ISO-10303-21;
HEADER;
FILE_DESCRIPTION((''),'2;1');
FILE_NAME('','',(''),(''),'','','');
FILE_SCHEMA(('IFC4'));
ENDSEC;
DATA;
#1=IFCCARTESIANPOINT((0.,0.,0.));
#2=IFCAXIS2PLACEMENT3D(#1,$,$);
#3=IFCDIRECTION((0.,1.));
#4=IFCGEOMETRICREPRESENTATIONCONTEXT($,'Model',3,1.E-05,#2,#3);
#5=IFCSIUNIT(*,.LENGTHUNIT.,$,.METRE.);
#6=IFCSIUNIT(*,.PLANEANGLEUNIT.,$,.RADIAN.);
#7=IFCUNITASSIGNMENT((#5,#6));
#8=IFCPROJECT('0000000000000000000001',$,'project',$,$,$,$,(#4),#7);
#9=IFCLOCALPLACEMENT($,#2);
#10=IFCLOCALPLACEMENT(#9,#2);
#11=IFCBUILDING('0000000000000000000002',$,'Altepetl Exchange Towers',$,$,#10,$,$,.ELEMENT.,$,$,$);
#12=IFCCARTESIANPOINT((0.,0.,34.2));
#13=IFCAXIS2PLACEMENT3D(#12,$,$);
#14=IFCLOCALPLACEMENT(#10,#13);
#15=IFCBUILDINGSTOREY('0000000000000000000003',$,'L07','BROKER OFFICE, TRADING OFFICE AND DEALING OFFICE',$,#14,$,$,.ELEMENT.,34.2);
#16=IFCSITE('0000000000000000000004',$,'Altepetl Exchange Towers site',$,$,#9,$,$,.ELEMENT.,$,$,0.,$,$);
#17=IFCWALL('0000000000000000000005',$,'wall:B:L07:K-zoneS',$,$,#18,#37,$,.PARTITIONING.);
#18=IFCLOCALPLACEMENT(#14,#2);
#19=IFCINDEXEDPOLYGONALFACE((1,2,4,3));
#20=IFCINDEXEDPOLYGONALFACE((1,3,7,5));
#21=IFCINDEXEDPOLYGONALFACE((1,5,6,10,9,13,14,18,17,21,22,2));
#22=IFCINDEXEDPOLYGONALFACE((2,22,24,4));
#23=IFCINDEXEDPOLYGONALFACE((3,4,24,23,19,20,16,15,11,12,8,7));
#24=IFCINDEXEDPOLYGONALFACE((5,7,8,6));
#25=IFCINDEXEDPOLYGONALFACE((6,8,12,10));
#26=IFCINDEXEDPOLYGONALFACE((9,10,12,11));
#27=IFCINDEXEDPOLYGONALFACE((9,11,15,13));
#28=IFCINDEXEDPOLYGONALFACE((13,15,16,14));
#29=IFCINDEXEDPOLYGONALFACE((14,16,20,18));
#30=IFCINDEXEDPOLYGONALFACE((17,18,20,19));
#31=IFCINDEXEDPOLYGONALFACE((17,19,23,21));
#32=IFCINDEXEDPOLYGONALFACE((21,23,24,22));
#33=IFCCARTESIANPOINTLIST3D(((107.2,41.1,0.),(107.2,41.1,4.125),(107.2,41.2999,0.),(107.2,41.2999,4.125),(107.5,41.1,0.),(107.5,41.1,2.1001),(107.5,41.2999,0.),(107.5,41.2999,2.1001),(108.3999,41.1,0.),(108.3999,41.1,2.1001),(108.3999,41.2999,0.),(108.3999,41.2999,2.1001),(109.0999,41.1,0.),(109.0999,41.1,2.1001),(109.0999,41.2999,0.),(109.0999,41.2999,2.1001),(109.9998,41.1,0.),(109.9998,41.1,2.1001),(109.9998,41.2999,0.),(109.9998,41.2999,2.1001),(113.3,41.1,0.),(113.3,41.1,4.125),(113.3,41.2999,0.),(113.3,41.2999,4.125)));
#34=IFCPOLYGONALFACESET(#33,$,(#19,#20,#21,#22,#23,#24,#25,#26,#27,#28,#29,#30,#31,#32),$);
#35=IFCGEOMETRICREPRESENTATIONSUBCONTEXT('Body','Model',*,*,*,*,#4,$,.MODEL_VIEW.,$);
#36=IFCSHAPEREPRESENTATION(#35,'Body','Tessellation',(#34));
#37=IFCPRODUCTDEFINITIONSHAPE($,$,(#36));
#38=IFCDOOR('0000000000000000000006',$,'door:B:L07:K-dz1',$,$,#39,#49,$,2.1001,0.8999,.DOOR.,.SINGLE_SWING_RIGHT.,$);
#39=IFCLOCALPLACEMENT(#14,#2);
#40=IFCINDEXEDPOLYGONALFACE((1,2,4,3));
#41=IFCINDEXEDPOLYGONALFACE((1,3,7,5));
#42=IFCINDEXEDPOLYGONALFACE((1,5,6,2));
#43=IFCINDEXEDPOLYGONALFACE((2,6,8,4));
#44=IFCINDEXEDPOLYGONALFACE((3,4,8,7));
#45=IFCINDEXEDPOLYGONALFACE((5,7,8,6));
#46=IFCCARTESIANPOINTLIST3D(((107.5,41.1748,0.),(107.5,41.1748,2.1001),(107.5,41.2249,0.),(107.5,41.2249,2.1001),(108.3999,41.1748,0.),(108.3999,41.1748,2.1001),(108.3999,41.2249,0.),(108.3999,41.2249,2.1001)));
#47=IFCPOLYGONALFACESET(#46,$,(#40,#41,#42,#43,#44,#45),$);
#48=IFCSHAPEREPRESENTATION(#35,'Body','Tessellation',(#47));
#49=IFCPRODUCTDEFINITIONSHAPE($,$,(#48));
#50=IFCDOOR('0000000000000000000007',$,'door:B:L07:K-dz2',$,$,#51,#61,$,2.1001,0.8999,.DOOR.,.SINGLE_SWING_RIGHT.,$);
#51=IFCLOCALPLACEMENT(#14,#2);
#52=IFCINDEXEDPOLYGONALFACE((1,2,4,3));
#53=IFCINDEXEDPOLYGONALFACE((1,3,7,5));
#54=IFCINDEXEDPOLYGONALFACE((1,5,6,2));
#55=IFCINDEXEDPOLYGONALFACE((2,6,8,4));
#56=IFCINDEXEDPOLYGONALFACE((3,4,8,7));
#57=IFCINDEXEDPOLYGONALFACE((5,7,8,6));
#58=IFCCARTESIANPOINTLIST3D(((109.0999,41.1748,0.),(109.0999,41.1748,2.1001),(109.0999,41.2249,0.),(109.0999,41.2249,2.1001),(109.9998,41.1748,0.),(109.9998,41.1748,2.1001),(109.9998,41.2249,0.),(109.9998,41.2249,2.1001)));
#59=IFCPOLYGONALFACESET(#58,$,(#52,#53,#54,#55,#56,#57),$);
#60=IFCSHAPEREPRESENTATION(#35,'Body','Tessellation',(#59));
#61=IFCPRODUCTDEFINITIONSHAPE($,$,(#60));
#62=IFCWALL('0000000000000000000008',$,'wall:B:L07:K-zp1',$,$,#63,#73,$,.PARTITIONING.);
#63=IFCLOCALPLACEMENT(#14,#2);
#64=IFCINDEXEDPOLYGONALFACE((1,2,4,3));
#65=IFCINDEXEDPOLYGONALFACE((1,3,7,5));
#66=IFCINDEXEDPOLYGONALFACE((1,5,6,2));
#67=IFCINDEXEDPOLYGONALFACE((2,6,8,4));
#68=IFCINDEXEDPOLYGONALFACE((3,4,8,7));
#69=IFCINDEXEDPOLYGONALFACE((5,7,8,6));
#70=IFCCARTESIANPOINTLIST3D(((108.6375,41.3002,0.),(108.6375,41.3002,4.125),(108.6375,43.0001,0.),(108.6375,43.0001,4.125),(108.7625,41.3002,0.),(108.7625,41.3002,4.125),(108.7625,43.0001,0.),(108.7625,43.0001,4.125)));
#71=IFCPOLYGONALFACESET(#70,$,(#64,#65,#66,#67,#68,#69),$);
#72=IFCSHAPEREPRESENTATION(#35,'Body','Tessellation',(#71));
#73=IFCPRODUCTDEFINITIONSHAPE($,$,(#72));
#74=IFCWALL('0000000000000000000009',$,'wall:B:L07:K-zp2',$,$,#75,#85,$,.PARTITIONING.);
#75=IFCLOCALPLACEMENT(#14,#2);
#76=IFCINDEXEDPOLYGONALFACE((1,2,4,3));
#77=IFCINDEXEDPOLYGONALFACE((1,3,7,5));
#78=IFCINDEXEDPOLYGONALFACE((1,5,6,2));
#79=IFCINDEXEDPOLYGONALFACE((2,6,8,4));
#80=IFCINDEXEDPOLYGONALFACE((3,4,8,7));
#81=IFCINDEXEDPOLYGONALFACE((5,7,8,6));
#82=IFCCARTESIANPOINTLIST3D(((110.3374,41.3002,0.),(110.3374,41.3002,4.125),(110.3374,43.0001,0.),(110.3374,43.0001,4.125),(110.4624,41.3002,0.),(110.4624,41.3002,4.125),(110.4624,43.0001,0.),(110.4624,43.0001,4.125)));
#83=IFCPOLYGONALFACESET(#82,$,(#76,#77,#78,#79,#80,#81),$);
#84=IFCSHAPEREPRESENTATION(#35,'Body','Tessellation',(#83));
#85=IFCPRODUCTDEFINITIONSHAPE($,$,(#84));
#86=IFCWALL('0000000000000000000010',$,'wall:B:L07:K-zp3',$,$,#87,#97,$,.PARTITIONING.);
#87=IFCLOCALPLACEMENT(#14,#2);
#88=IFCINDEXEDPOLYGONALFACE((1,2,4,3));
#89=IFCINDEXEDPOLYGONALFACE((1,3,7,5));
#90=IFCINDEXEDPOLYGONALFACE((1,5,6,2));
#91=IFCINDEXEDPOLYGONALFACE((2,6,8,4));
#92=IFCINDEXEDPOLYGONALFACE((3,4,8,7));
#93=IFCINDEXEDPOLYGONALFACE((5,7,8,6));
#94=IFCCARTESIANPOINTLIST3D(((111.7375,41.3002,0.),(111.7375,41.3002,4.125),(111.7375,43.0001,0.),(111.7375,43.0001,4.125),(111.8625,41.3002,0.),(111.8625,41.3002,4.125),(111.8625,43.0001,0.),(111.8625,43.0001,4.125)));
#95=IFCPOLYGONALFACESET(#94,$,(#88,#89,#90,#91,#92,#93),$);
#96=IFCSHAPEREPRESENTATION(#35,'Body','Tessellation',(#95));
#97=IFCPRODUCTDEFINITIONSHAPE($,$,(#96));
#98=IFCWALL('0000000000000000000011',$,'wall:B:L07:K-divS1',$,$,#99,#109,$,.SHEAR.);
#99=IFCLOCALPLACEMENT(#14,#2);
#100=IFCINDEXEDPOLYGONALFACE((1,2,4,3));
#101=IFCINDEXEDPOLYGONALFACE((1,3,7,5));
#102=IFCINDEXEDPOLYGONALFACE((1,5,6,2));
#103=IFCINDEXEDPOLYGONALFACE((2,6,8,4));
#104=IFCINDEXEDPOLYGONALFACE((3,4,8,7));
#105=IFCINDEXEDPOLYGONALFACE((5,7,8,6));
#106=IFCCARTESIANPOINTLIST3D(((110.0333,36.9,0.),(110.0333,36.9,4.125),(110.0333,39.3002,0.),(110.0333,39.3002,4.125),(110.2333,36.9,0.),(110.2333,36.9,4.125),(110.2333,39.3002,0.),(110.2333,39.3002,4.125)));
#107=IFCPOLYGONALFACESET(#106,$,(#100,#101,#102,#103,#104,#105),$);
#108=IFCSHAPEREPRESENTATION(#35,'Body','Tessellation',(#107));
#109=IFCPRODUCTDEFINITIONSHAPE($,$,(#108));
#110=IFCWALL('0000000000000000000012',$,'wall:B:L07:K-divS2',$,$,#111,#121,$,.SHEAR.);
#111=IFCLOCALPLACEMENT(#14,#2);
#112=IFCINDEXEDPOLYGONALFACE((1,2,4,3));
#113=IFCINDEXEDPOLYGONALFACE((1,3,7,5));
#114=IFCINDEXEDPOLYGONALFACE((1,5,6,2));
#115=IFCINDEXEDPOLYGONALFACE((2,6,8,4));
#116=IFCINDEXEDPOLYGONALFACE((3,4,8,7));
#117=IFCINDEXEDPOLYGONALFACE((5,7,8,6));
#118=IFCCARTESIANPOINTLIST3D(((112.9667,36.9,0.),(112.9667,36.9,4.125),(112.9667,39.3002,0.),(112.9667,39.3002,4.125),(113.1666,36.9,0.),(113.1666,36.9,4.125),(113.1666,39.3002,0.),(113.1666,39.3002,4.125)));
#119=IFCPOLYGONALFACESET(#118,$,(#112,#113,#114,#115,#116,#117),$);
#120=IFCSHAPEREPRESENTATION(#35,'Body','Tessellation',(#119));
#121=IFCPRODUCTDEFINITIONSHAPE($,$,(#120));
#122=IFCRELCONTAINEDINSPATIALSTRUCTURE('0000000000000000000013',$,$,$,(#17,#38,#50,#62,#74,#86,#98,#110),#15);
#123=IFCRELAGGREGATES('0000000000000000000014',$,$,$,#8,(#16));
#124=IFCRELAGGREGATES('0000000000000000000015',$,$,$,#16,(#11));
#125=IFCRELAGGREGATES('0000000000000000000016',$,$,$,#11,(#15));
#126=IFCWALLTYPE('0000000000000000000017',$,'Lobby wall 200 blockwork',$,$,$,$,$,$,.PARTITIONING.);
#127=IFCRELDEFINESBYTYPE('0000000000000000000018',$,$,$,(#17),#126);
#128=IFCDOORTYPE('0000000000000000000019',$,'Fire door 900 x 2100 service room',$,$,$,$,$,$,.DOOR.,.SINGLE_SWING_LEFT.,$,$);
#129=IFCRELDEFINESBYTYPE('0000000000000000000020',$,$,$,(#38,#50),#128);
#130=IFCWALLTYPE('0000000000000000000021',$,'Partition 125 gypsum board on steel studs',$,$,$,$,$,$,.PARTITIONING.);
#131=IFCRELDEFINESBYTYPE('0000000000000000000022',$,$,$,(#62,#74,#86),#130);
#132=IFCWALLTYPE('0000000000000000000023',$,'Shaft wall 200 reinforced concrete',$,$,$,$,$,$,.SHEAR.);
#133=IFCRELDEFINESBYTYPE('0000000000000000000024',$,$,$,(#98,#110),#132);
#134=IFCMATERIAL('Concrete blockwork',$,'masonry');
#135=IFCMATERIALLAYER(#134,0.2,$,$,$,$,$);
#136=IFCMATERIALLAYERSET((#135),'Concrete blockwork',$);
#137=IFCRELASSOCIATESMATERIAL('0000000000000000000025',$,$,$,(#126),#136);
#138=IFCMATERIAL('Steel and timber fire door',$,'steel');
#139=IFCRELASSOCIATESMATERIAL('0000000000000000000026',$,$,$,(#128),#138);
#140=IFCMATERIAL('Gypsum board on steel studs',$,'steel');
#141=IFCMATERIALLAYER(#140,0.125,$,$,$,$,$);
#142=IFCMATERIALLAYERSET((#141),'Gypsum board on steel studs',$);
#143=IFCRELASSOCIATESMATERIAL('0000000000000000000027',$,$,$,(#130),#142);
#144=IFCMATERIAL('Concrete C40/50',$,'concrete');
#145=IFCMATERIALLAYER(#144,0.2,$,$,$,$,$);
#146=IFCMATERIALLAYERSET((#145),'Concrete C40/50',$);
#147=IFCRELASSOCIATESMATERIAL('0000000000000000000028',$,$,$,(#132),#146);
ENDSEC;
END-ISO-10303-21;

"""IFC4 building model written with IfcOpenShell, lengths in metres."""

from ifc_helpers import new_model, si_unit, direction, frame, frame_2d, origin, place, context, subcontext, project, spatial, rectangle, extrude, material, layer, layer_set, type_object, element, fill, save


model = new_model("IFC4")

# Units and contexts
model_context = context("Model", 3, precision=1e-05, world=origin(), true_north=direction((0.0, 1.0)))
body_context = subcontext(model_context, "Body", "Model", "MODEL_VIEW")
ifc_project = project(units=[si_unit("LENGTHUNIT", "METRE"), si_unit("PLANEANGLEUNIT", "RADIAN")], contexts=[model_context])

# Site, building, storey
site_placement = place(None, origin())
site = spatial("IfcSite", under=ifc_project, at=site_placement, Name="Altepetl Exchange Towers site", CompositionType="ELEMENT", RefElevation=0.0)
building_placement = place(site_placement, origin())
building = spatial("IfcBuilding", under=site, at=building_placement, Name="Altepetl Exchange Towers", CompositionType="ELEMENT")
storey_placement = place(building_placement, frame((0.0, 0.0, 34.2)))
storey = spatial("IfcBuildingStorey", under=building, at=storey_placement, Name="L07", Description="BROKER OFFICE, TRADING OFFICE AND DEALING OFFICE", CompositionType="ELEMENT", Elevation=34.2)

# Shared definitions
ifc_material_1 = material(Name="Steel and timber fire door", Category="steel")

# Wall, openings, doors
ifc_material_2 = material(Name="Concrete blockwork", Category="masonry")
ifc_layer_1 = layer(ifc_material_2, 0.2)
ifc_layer_set_1 = layer_set([ifc_layer_1], Name="Concrete blockwork")
wall_type_1 = type_object("IfcWallType", Name="Lobby wall 200 blockwork", PredefinedType="PARTITIONING", material=ifc_layer_set_1)
wall_1_placement = place(storey_placement, frame((107.2, 41.2, 0.0)))
wall_1 = element("IfcWall", 1, at=wall_1_placement, inside=storey, type_object=wall_type_1, Name="wall:B:L07:K-zoneS", PredefinedType="PARTITIONING", context=body_context, shape_type="SweptSolid", body=[
    extrude(rectangle(XDim=6.1001, YDim=0.2, at=frame_2d((3.05, 0.0))), origin(), (0.0, 0.0, 1.0), 4.125),
])
opening_1_placement = place(wall_1_placement, frame((0.3, 0.0, 0.0)))
opening_1 = element("IfcOpeningElement", 2, at=opening_1_placement, cuts=wall_1, PredefinedType="OPENING", context=body_context, shape_type="SweptSolid", body=[
    extrude(rectangle(XDim=0.8999, YDim=2.1001, at=frame_2d((0.45, 1.05))), frame((0.0, 0.1099, 0.0), z_axis=(0.0, -1.0, 0.0), x_axis=(1.0, 0.0, 0.0)), (0.0, 0.0, 1.0), 0.22),
])
opening_2_placement = place(wall_1_placement, frame((1.8999, 0.0, 0.0)))
opening_2 = element("IfcOpeningElement", 3, at=opening_2_placement, cuts=wall_1, PredefinedType="OPENING", context=body_context, shape_type="SweptSolid", body=[
    extrude(rectangle(XDim=0.8999, YDim=2.1001, at=frame_2d((0.45, 1.05))), frame((0.0, 0.1099, 0.0), z_axis=(0.0, -1.0, 0.0), x_axis=(1.0, 0.0, 0.0)), (0.0, 0.0, 1.0), 0.22),
])
door_type_1 = type_object("IfcDoorType", Name="Fire door 900 x 2100 service room", OperationType="SINGLE_SWING_LEFT", PredefinedType="DOOR", material=ifc_material_1)
door_1_placement = place(opening_1_placement, origin())
door_1 = element("IfcDoor", 4, at=door_1_placement, inside=storey, type_object=door_type_1, Name="door:B:L07:K-dz1", OperationType="SINGLE_SWING_RIGHT", OverallHeight=2.1001, OverallWidth=0.8999, PredefinedType="DOOR", context=body_context, shape_type="SweptSolid", body=[
    extrude(rectangle(XDim=0.8999, YDim=2.1001, at=frame_2d((0.45, 1.05))), frame((0.0, 0.0249, 0.0), z_axis=(0.0, -1.0, 0.0), x_axis=(1.0, 0.0, 0.0)), (0.0, 0.0, 1.0), 0.05),
])
fill(opening_1, door_1)
door_2_placement = place(opening_2_placement, origin())
door_2 = element("IfcDoor", 5, at=door_2_placement, inside=storey, type_object=door_type_1, Name="door:B:L07:K-dz2", OperationType="SINGLE_SWING_RIGHT", OverallHeight=2.1001, OverallWidth=0.8999, PredefinedType="DOOR", context=body_context, shape_type="SweptSolid", body=[
    extrude(rectangle(XDim=0.8999, YDim=2.1001, at=frame_2d((0.45, 1.05))), frame((0.0, 0.0249, 0.0), z_axis=(0.0, -1.0, 0.0), x_axis=(1.0, 0.0, 0.0)), (0.0, 0.0, 1.0), 0.05),
])
fill(opening_2, door_2)

# Walls
ifc_material_3 = material(Name="Gypsum board on steel studs", Category="steel")
ifc_layer_2 = layer(ifc_material_3, 0.125)
ifc_layer_set_2 = layer_set([ifc_layer_2], Name="Gypsum board on steel studs")
wall_type_2 = type_object("IfcWallType", Name="Partition 125 gypsum board on steel studs", PredefinedType="PARTITIONING", material=ifc_layer_set_2)
for number, where, z_axis, x_axis, name in (
    (6, (108.7, 41.3, 0.0), (0.0, 0.0, 1.0), (0.0, 1.0, 0.0), "wall:B:L07:K-zp1"),
    (7, (110.3999, 41.3, 0.0), (0.0, 0.0, 1.0), (0.0, 1.0, 0.0), "wall:B:L07:K-zp2"),
    (8, (111.8, 41.3, 0.0), (0.0, 0.0, 1.0), (0.0, 1.0, 0.0), "wall:B:L07:K-zp3"),
):
    element("IfcWall", number, at=place(storey_placement, frame(where, z_axis=z_axis, x_axis=x_axis)), inside=storey, type_object=wall_type_2, Name=name, PredefinedType="PARTITIONING", context=body_context, shape_type="SweptSolid", body=[
        extrude(rectangle(XDim=1.7, YDim=0.125, at=frame_2d((0.8501, 0.0))), origin(), (0.0, 0.0, 1.0), 4.125),
    ])
ifc_material_4 = material(Name="Concrete C40/50", Category="concrete")
ifc_layer_3 = layer(ifc_material_4, 0.2)
ifc_layer_set_3 = layer_set([ifc_layer_3], Name="Concrete C40/50")
wall_type_3 = type_object("IfcWallType", Name="Shaft wall 200 reinforced concrete", PredefinedType="SHEAR", material=ifc_layer_set_3)
for number, where, z_axis, x_axis, name in (
    (9, (110.1333, 36.8999, 0.0), (0.0, 0.0, 1.0), (0.0, 1.0, 0.0), "wall:B:L07:K-divS1"),
    (10, (113.0667, 36.8999, 0.0), (0.0, 0.0, 1.0), (0.0, 1.0, 0.0), "wall:B:L07:K-divS2"),
):
    element("IfcWall", number, at=place(storey_placement, frame(where, z_axis=z_axis, x_axis=x_axis)), inside=storey, type_object=wall_type_3, Name=name, PredefinedType="SHEAR", context=body_context, shape_type="SweptSolid", body=[
        extrude(rectangle(XDim=2.4001, YDim=0.2, at=frame_2d((1.2002, 0.0))), origin(), (0.0, 0.0, 1.0), 4.125),
    ])

save(model, "model.ifc")
